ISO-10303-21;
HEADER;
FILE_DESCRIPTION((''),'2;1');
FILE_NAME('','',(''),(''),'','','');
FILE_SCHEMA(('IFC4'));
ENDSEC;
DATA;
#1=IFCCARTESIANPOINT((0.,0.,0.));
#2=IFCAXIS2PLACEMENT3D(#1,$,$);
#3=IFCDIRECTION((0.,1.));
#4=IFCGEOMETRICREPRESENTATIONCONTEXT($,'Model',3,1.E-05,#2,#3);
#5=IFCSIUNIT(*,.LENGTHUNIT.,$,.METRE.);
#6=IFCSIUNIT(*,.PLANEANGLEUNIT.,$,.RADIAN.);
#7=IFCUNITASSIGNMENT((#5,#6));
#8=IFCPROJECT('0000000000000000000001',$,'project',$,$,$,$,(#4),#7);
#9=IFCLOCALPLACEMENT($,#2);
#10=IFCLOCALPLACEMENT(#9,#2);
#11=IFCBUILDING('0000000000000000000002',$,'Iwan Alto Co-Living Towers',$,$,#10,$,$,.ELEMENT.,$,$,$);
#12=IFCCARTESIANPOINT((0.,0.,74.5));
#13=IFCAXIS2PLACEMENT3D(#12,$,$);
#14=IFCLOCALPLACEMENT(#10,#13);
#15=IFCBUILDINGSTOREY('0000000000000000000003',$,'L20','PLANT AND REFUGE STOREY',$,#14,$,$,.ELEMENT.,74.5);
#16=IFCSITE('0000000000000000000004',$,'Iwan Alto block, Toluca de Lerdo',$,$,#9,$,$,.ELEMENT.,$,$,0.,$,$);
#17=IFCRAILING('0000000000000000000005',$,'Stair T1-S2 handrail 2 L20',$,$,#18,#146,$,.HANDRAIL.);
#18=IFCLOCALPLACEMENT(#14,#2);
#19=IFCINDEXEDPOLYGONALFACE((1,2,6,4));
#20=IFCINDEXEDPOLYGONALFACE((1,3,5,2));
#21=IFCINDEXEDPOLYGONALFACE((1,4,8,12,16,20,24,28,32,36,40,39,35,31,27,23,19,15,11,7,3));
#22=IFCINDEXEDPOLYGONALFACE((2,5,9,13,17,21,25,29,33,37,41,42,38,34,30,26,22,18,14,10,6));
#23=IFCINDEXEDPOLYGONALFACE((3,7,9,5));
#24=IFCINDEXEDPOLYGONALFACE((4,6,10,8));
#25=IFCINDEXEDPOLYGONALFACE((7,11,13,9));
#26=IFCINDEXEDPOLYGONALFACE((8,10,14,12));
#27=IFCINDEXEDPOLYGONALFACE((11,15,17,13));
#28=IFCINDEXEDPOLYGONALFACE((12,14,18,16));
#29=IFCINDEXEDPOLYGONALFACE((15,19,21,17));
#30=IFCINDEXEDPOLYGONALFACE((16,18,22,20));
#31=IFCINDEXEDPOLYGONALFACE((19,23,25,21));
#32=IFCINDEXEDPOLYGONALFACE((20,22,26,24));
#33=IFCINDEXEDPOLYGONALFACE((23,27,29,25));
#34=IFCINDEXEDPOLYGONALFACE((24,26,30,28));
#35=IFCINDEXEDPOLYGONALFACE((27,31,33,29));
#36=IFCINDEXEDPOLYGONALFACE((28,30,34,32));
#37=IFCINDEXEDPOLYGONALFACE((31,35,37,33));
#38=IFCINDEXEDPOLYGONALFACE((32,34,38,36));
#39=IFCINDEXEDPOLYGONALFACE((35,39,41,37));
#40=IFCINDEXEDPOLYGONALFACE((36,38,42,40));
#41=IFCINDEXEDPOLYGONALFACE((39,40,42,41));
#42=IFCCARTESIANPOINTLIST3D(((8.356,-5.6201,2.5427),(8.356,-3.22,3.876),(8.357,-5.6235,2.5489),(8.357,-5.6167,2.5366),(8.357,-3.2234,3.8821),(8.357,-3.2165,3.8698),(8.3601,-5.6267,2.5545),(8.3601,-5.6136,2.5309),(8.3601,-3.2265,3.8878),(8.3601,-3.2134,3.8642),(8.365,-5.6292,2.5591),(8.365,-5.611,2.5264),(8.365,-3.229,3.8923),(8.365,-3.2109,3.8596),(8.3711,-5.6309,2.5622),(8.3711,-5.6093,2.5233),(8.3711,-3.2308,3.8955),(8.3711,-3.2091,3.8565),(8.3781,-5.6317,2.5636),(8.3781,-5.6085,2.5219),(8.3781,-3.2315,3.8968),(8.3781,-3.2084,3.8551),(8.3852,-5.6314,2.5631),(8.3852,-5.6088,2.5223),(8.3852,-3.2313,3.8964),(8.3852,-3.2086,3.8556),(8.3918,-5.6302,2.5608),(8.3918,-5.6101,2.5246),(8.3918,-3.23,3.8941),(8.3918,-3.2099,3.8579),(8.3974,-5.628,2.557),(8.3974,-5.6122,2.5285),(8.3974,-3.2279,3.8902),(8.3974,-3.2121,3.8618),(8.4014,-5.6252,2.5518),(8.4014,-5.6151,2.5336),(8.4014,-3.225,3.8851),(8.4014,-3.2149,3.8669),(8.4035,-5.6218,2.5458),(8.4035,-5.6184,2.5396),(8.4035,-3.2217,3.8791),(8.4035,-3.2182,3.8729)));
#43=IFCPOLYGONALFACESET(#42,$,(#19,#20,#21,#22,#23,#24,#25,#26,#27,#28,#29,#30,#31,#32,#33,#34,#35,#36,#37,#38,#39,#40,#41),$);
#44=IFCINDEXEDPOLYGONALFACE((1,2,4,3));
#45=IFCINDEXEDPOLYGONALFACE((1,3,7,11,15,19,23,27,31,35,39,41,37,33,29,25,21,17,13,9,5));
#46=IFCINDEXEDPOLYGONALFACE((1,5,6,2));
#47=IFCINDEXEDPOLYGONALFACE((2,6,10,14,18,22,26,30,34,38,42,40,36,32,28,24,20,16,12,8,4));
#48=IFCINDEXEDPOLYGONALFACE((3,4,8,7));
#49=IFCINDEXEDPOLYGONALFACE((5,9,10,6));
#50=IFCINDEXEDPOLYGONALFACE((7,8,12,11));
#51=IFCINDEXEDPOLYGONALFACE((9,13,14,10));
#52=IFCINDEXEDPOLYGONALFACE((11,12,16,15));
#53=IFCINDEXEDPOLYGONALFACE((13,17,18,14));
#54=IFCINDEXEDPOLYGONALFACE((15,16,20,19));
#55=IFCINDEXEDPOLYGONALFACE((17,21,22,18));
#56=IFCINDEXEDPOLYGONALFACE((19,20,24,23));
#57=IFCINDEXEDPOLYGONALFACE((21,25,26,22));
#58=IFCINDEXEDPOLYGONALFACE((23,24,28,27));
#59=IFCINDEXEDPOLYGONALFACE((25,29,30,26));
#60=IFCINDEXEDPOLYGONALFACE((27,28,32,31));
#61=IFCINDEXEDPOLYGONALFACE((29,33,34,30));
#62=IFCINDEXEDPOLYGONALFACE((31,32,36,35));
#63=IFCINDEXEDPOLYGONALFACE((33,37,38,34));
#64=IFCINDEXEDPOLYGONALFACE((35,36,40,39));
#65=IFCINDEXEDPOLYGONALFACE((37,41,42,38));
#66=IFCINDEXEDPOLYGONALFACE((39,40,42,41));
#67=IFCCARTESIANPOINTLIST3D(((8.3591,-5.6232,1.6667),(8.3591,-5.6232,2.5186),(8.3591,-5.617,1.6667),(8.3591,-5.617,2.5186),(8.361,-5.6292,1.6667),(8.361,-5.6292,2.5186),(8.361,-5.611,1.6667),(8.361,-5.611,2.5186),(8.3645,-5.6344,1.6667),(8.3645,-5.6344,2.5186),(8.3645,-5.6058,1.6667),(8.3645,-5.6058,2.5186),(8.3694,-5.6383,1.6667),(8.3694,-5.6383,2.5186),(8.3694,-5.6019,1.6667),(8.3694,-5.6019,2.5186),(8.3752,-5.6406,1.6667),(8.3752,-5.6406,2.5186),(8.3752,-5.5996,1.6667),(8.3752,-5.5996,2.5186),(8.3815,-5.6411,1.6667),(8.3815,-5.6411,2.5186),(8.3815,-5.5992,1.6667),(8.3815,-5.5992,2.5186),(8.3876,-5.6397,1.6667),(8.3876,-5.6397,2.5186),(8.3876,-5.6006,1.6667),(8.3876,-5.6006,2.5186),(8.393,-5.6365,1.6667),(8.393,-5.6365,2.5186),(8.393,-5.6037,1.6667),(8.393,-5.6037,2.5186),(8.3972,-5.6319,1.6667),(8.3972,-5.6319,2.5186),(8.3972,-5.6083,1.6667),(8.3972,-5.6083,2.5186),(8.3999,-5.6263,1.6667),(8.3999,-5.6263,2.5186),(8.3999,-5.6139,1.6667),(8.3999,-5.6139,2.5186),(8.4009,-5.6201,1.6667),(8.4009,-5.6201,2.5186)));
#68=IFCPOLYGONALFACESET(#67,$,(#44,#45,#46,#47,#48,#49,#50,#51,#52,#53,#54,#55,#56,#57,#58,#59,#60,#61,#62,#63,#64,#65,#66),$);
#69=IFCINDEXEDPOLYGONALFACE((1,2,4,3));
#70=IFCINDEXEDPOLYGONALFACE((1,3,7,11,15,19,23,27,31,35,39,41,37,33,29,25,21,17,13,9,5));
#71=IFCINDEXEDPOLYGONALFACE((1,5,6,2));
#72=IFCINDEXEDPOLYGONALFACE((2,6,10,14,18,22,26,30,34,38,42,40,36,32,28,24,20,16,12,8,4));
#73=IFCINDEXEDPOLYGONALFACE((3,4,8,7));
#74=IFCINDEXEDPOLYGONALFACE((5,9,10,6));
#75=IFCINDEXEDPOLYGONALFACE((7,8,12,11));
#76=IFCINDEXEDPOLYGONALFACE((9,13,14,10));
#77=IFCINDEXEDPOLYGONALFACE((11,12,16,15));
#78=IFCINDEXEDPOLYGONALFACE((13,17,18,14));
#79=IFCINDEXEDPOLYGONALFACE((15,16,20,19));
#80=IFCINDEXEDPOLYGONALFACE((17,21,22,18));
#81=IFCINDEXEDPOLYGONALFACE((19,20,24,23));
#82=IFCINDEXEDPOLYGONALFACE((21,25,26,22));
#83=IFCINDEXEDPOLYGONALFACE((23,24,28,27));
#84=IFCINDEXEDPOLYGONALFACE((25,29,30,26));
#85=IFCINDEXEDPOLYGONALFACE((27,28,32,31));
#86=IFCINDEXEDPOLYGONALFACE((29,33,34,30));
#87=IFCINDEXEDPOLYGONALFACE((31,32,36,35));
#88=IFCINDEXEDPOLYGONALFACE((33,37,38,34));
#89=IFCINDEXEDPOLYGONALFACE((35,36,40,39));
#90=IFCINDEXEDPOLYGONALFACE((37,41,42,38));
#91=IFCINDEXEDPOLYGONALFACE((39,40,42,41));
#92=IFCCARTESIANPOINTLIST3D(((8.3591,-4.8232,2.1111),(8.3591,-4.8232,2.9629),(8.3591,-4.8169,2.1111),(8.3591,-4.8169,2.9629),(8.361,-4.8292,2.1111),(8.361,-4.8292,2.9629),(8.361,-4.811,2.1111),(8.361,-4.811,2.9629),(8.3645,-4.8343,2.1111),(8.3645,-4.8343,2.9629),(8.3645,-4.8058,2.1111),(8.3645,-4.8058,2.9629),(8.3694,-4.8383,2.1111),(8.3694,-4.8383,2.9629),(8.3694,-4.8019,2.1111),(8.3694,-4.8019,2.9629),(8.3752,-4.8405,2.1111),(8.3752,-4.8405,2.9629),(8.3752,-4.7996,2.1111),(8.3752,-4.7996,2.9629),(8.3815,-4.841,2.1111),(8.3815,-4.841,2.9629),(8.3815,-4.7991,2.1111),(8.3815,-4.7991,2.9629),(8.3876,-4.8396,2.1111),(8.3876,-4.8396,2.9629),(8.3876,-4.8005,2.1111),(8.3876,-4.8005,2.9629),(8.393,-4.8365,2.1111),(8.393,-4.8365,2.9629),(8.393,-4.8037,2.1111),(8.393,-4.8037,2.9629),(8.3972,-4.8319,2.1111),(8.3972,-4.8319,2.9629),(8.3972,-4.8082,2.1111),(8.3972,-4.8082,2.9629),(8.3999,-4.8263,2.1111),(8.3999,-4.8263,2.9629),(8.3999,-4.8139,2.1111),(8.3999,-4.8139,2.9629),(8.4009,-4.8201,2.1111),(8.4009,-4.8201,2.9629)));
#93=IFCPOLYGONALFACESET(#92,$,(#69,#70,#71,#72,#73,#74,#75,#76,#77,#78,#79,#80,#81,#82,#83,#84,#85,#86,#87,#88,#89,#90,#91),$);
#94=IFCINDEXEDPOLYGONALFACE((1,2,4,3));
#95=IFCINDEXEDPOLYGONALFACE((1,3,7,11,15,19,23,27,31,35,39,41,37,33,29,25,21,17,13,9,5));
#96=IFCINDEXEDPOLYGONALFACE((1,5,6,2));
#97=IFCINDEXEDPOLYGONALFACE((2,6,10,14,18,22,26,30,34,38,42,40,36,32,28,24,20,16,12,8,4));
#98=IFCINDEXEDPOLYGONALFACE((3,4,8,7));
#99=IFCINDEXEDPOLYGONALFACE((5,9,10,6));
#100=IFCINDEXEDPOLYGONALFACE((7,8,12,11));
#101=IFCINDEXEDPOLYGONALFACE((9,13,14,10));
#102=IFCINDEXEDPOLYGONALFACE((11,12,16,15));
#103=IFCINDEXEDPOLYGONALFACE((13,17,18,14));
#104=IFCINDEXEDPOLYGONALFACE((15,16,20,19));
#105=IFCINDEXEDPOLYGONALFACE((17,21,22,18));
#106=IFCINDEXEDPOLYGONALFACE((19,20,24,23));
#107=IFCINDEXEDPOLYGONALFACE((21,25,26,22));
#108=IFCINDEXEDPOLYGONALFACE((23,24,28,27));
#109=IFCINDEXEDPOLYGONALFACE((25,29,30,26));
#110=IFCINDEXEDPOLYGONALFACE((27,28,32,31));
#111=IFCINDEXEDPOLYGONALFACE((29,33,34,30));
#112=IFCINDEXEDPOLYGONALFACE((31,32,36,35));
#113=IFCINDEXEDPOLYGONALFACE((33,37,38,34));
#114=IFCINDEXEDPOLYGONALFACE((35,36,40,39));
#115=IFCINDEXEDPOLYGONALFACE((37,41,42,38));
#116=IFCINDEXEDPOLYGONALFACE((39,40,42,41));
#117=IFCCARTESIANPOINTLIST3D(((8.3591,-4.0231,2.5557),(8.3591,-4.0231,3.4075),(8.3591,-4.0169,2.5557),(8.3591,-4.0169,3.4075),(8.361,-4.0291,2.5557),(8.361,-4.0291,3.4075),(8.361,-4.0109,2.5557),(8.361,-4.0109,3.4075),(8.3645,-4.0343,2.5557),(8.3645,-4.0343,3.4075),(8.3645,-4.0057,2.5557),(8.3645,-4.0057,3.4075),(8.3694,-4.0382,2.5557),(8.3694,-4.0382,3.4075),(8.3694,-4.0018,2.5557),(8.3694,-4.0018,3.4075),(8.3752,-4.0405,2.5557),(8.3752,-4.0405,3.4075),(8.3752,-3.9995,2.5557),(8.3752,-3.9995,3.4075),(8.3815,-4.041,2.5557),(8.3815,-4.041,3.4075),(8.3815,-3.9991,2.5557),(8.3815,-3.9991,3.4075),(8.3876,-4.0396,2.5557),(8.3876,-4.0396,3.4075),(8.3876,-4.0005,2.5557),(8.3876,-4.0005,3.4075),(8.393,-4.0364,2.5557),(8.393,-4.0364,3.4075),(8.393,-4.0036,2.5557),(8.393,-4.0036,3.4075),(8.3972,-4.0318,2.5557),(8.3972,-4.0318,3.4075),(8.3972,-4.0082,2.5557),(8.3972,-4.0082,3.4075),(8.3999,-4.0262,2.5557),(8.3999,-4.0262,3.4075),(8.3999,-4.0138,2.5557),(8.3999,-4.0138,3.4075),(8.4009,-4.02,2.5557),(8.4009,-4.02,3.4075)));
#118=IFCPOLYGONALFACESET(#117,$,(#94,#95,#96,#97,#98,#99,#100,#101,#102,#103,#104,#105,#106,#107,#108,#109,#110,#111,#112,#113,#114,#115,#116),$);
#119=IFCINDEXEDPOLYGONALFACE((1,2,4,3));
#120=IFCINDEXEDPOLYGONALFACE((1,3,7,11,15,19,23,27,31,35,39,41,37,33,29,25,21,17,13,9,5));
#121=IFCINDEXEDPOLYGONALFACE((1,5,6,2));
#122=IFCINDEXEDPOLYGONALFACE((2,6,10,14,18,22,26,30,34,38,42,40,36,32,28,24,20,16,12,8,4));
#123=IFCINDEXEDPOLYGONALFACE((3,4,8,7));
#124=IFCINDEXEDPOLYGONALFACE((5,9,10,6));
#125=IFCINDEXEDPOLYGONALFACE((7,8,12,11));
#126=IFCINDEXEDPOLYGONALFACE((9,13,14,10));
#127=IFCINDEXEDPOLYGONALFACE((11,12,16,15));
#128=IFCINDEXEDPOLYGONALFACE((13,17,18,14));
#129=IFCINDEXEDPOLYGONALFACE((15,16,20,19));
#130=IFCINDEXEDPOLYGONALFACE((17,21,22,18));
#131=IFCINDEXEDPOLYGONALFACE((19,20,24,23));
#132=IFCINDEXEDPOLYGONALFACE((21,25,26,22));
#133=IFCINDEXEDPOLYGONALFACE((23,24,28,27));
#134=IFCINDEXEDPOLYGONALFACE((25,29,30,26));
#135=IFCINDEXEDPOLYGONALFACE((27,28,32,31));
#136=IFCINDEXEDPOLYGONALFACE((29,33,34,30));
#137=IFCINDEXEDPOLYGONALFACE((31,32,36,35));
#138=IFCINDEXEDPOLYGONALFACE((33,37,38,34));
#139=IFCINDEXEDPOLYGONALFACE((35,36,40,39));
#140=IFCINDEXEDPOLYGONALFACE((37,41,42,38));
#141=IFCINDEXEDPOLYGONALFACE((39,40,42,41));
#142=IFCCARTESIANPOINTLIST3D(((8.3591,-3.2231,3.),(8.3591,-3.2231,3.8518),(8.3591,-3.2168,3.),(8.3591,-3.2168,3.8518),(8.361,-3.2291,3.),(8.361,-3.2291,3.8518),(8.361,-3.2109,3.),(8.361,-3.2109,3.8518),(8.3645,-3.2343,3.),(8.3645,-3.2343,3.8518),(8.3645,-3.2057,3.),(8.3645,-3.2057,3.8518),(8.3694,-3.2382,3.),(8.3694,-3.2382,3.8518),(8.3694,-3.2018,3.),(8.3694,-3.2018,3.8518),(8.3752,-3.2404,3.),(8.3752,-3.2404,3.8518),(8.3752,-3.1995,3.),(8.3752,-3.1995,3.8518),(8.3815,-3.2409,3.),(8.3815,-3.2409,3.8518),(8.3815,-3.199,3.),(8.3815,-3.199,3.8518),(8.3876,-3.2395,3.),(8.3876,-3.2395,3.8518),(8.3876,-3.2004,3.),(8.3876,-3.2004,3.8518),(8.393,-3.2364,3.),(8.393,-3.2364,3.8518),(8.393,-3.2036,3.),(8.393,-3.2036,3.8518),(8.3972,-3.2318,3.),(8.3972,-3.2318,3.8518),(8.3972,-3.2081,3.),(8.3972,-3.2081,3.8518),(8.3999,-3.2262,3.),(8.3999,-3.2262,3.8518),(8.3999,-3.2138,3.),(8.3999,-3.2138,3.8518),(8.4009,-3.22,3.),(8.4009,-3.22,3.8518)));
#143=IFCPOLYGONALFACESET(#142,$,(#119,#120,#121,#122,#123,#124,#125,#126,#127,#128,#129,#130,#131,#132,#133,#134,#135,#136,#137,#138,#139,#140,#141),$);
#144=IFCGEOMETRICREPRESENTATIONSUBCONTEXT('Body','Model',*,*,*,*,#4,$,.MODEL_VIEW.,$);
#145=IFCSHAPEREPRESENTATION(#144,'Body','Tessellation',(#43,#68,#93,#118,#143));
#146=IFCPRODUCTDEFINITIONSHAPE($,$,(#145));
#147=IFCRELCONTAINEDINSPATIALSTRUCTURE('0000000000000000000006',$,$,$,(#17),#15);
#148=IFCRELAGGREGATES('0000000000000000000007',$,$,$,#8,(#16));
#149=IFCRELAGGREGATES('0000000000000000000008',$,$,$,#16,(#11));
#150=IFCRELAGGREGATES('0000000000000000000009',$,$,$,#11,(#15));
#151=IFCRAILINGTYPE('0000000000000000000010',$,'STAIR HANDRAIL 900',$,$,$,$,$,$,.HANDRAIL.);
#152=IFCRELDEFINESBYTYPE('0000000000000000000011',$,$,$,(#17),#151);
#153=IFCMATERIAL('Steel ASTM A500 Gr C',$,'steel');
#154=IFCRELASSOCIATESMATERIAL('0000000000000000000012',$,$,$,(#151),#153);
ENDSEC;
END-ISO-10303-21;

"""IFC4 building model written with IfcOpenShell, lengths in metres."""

from ifc_helpers import new_model, si_unit, direction, frame, origin, origin_2d, place, context, subcontext, project, spatial, circle, extrude, material, type_object, element, save


model = new_model("IFC4")

# Units and contexts
model_context = context("Model", 3, precision=1e-05, world=origin(), true_north=direction((0.0, 1.0)))
body_context = subcontext(model_context, "Body", "Model", "MODEL_VIEW")
ifc_project = project(units=[si_unit("LENGTHUNIT", "METRE"), si_unit("PLANEANGLEUNIT", "RADIAN")], contexts=[model_context])

# Site, building, storey
site_placement = place(None, origin())
site = spatial("IfcSite", under=ifc_project, at=site_placement, Name="Iwan Alto block, Toluca de Lerdo", CompositionType="ELEMENT", RefElevation=0.0)
building_placement = place(site_placement, origin())
building = spatial("IfcBuilding", under=site, at=building_placement, Name="Iwan Alto Co-Living Towers", CompositionType="ELEMENT")
storey_placement = place(building_placement, frame((0.0, 0.0, 74.5)))
storey = spatial("IfcBuildingStorey", under=building, at=storey_placement, Name="L20", Description="PLANT AND REFUGE STOREY", CompositionType="ELEMENT", Elevation=74.5)

# Railing
ifc_material_1 = material(Name="Steel ASTM A500 Gr C", Category="steel")
railing_type_1 = type_object("IfcRailingType", Name="STAIR HANDRAIL 900", PredefinedType="HANDRAIL", material=ifc_material_1)
railing_1_placement = place(storey_placement, frame((8.3799, -5.6201, 1.6667)))
element("IfcRailing", 1, at=railing_1_placement, inside=storey, type_object=railing_type_1, Name="Stair T1-S2 handrail 2 L20", PredefinedType="HANDRAIL", context=body_context, shape_type="SweptSolid", body=[
    extrude(circle(Radius=0.0239, at=origin_2d()), frame((0.0, 0.0, 0.876), z_axis=(0.0, 0.874182, 0.485598), x_axis=(-1.0, 0.0, 0.0)), (0.0, 0.0, 1.0), 2.7456),
    extrude(circle(Radius=0.021, at=origin_2d()), origin(), (0.0, 0.0, 1.0), 0.8518),
    extrude(circle(Radius=0.021, at=origin_2d()), frame((0.0, 0.8, 0.4443)), (0.0, 0.0, 1.0), 0.8518),
    extrude(circle(Radius=0.021, at=origin_2d()), frame((0.0, 1.6001, 0.8889)), (0.0, 0.0, 1.0), 0.8518),
    extrude(circle(Radius=0.021, at=origin_2d()), frame((0.0, 2.4001, 1.3333)), (0.0, 0.0, 1.0), 0.8518),
])

save(model, "model.ifc")
